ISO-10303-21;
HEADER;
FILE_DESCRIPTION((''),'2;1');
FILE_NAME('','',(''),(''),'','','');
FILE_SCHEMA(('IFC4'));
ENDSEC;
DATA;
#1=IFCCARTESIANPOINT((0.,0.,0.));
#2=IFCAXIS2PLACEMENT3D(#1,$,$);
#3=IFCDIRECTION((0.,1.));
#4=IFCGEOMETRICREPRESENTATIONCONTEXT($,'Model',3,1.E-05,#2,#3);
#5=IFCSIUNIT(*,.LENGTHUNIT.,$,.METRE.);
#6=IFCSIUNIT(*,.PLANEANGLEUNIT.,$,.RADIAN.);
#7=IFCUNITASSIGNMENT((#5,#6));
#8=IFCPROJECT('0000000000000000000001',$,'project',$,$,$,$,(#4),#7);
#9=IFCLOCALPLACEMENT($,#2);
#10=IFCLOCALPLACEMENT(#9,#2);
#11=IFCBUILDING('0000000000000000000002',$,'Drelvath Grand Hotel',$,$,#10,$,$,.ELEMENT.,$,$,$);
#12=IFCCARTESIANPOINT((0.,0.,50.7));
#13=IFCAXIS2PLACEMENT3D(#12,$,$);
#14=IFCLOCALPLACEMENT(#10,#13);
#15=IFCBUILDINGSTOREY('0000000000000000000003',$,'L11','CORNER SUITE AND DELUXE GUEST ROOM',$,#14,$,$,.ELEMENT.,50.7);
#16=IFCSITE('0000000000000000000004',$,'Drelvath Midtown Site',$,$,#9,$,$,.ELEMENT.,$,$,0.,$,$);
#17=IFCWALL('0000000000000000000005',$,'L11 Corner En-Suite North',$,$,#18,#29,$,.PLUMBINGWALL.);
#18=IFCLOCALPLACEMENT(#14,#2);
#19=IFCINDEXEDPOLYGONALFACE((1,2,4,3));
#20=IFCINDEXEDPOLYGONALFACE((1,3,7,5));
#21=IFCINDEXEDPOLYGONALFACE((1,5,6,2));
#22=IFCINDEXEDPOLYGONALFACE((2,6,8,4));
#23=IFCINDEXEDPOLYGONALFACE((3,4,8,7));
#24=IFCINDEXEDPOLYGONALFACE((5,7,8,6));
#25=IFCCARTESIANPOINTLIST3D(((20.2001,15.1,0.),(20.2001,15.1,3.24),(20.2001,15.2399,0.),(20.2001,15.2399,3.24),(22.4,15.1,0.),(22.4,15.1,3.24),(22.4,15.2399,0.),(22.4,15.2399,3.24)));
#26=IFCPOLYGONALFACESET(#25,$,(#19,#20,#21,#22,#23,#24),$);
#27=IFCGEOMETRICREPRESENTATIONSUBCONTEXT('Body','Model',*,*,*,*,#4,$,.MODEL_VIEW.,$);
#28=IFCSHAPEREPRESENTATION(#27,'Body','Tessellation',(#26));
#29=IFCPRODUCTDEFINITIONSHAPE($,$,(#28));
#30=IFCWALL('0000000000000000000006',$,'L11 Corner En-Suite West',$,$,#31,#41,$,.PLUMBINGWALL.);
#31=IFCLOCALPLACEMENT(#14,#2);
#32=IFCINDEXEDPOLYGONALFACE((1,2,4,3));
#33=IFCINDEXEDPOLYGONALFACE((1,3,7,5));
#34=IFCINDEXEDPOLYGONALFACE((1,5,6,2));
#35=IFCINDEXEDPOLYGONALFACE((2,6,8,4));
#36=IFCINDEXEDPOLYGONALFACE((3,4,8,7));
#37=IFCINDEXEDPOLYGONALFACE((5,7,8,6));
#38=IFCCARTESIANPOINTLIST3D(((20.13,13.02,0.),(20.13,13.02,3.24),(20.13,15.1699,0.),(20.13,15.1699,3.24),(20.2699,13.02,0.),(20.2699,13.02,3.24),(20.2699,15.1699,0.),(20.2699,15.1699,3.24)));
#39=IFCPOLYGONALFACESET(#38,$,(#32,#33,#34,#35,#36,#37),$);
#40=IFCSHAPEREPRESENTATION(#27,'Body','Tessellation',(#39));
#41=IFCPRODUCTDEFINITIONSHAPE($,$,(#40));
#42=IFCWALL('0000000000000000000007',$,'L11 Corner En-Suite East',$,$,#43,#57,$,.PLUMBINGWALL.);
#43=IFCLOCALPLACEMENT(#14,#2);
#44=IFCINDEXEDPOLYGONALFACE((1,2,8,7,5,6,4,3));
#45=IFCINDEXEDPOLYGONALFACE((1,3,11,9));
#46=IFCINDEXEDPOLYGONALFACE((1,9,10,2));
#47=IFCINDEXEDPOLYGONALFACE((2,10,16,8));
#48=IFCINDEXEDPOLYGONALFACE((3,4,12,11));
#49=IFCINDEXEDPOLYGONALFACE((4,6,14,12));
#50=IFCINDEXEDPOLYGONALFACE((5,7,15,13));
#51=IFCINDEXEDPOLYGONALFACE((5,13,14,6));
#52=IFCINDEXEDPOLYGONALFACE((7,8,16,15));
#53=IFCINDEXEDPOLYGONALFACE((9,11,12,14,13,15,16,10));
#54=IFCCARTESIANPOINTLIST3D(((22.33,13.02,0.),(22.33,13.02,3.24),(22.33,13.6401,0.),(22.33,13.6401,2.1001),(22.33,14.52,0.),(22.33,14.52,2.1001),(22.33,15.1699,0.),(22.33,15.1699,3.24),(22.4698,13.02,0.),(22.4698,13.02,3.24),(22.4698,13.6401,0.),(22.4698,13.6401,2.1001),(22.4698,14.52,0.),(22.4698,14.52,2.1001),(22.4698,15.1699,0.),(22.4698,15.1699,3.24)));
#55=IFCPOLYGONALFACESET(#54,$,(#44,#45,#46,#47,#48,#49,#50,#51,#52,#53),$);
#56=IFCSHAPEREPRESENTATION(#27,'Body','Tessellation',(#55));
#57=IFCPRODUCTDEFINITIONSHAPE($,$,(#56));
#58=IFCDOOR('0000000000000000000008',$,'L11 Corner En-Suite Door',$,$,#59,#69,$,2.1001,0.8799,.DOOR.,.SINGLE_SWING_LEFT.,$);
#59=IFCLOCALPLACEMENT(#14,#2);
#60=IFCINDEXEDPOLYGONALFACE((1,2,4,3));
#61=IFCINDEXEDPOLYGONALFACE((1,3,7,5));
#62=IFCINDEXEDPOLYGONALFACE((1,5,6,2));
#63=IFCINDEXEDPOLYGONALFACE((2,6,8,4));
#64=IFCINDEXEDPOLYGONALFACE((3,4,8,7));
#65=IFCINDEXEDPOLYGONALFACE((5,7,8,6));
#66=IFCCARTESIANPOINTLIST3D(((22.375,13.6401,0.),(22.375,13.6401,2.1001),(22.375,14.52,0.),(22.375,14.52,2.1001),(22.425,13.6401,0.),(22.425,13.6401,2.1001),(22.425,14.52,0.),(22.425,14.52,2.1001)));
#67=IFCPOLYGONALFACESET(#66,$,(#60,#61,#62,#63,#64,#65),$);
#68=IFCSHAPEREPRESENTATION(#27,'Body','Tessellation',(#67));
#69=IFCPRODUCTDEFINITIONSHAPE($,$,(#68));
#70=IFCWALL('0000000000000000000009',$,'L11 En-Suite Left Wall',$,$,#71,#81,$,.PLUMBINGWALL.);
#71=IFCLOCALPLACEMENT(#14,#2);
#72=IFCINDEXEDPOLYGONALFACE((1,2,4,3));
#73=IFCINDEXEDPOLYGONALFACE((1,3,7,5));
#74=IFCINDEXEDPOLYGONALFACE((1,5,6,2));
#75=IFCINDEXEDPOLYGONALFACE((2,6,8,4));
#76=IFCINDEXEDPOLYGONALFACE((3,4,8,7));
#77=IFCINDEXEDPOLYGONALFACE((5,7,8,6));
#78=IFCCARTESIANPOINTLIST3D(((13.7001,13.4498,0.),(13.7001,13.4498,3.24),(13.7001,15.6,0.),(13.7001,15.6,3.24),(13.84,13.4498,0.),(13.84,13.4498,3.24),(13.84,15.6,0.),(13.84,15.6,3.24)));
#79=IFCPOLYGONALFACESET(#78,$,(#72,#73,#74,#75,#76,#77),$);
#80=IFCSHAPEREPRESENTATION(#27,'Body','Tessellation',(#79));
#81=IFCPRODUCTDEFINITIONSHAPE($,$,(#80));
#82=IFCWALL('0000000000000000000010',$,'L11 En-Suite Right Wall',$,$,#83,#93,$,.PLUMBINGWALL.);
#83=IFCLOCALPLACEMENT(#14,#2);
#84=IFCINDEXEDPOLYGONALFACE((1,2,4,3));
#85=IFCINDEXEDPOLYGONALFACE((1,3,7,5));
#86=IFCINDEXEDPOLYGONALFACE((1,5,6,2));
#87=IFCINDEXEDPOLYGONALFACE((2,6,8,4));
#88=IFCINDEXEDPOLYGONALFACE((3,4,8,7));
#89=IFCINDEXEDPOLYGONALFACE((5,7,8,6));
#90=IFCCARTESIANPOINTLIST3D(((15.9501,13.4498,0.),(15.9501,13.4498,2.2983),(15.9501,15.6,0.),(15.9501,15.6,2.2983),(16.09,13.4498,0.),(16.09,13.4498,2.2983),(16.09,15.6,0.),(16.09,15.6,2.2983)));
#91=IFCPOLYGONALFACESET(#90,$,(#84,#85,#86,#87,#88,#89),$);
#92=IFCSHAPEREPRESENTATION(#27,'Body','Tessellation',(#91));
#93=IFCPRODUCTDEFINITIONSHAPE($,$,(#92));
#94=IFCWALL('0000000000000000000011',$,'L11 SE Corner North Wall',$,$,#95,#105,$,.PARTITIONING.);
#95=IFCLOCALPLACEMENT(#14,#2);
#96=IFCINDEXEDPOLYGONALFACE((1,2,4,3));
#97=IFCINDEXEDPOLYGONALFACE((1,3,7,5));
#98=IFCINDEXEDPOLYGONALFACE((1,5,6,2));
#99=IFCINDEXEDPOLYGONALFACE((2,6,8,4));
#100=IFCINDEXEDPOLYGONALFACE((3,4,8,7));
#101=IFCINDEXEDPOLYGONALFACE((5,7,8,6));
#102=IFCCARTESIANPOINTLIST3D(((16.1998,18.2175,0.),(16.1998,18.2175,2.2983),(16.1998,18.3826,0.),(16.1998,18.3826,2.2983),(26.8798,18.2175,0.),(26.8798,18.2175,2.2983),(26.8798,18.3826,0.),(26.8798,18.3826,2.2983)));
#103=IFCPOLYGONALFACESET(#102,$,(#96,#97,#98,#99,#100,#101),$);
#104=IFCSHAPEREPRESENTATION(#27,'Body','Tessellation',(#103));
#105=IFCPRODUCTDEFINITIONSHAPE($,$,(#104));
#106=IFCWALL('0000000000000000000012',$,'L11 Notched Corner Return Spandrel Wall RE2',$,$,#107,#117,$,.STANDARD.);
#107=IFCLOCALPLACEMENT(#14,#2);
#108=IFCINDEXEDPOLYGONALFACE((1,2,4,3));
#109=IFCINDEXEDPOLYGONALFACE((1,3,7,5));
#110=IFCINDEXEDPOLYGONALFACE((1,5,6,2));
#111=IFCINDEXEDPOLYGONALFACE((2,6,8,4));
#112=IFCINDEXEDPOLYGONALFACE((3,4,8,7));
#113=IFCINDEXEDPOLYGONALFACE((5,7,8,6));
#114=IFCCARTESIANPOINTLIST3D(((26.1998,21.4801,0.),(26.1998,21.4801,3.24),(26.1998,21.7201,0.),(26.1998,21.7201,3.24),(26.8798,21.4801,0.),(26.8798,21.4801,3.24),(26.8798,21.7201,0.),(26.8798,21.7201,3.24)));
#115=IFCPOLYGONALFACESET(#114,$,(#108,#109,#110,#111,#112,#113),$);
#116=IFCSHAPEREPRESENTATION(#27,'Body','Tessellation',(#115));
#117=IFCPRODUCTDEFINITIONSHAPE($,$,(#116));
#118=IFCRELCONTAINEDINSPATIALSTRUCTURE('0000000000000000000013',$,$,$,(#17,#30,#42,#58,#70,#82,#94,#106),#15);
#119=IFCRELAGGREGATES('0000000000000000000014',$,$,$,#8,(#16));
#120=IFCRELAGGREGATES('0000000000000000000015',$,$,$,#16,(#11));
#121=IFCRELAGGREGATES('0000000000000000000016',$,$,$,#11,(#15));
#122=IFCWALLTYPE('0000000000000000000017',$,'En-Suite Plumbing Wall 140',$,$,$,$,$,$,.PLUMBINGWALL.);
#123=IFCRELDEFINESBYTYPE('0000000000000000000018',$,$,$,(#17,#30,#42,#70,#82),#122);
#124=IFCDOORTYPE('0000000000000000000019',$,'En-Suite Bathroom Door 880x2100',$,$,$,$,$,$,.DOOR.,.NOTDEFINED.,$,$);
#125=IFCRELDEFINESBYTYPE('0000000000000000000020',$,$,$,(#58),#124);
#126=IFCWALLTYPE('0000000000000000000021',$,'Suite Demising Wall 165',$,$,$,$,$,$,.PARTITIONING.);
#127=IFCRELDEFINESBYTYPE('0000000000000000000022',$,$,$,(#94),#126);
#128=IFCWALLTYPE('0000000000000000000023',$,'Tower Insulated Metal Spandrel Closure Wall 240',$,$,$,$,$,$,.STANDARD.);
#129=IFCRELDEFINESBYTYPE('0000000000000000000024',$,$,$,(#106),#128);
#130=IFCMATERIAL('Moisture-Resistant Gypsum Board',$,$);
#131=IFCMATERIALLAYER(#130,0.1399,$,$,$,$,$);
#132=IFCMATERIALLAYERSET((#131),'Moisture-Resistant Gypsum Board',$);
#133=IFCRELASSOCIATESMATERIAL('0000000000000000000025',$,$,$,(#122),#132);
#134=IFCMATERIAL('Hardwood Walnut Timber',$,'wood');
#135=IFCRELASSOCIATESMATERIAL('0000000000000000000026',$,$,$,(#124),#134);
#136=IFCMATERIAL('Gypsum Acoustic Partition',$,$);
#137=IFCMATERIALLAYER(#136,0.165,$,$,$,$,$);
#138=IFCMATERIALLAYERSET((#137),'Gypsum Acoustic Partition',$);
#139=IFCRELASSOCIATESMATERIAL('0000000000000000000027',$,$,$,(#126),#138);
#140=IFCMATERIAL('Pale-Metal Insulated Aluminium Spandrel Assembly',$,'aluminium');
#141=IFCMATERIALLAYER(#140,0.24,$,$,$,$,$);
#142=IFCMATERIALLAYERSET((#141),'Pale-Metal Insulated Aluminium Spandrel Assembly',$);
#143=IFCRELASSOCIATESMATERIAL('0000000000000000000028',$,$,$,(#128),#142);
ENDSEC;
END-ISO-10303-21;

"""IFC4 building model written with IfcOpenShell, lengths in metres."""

from ifc_helpers import new_model, si_unit, direction, frame, frame_2d, origin, place, context, subcontext, project, spatial, rectangle, extrude, material, layer, layer_set, type_object, element, fill, save


model = new_model("IFC4")

# Units and contexts
model_context = context("Model", 3, precision=1e-05, world=origin(), true_north=direction((0.0, 1.0)))
body_context = subcontext(model_context, "Body", "Model", "MODEL_VIEW")
ifc_project = project(units=[si_unit("LENGTHUNIT", "METRE"), si_unit("PLANEANGLEUNIT", "RADIAN")], contexts=[model_context])

# Site, building, storey
site_placement = place(None, origin())
site = spatial("IfcSite", under=ifc_project, at=site_placement, Name="Drelvath Midtown Site", CompositionType="ELEMENT", RefElevation=0.0)
building_placement = place(site_placement, origin())
building = spatial("IfcBuilding", under=site, at=building_placement, Name="Drelvath Grand Hotel", CompositionType="ELEMENT")
storey_placement = place(building_placement, frame((0.0, 0.0, 50.7)))
storey = spatial("IfcBuildingStorey", under=building, at=storey_placement, Name="L11", Description="CORNER SUITE AND DELUXE GUEST ROOM", CompositionType="ELEMENT", Elevation=50.7)

# Shared definitions
ifc_material_1 = material(Name="Hardwood Walnut Timber", Category="wood")

# Walls
ifc_material_2 = material(Name="Moisture-Resistant Gypsum Board")
ifc_layer_1 = layer(ifc_material_2, 0.1399)
ifc_layer_set_1 = layer_set([ifc_layer_1], Name="Moisture-Resistant Gypsum Board")
wall_type_1 = type_object("IfcWallType", Name="En-Suite Plumbing Wall 140", PredefinedType="PLUMBINGWALL", material=ifc_layer_set_1)
for number, where, z_axis, x_axis, name in (
    (1, (20.2, 15.1699, 0.0), (0.0, 0.0, 1.0), (1.0, 0.0, 0.0), "L11 Corner En-Suite North"),
):
    element("IfcWall", number, at=place(storey_placement, frame(where, z_axis=z_axis, x_axis=x_axis)), inside=storey, type_object=wall_type_1, Name=name, PredefinedType="PLUMBINGWALL", context=body_context, shape_type="SweptSolid", body=[
        extrude(rectangle(XDim=2.2, YDim=0.1399, at=frame_2d((1.1001, 0.0))), origin(), (0.0, 0.0, 1.0), 3.24),
    ])
wall_1_placement = place(storey_placement, frame((20.2, 13.02, 0.0), z_axis=(0.0, 0.0, 1.0), x_axis=(0.0, 1.0, 0.0)))
element("IfcWall", 2, at=wall_1_placement, inside=storey, type_object=wall_type_1, Name="L11 Corner En-Suite West", PredefinedType="PLUMBINGWALL", context=body_context, shape_type="SweptSolid", body=[
    extrude(rectangle(XDim=2.1499, YDim=0.1399, at=frame_2d((1.075, 0.0))), origin(), (0.0, 0.0, 1.0), 3.24),
])

# Wall, opening, door
wall_2_placement = place(storey_placement, frame((22.3999, 13.02, 0.0), z_axis=(0.0, 0.0, 1.0), x_axis=(0.0, 1.0, 0.0)))
wall_2 = element("IfcWall", 3, at=wall_2_placement, inside=storey, type_object=wall_type_1, Name="L11 Corner En-Suite East", PredefinedType="PLUMBINGWALL", context=body_context, shape_type="SweptSolid", body=[
    extrude(rectangle(XDim=2.1499, YDim=0.1399, at=frame_2d((1.075, 0.0))), origin(), (0.0, 0.0, 1.0), 3.24),
])
opening_1_placement = place(wall_2_placement, frame((0.6201, 0.0, 0.0)))
opening_1 = element("IfcOpeningElement", 4, at=opening_1_placement, cuts=wall_2, PredefinedType="OPENING", context=body_context, shape_type="SweptSolid", body=[
    extrude(rectangle(XDim=0.8799, YDim=2.1001, at=frame_2d((0.4399, 1.05))), frame((0.0, 0.0798, 0.0), z_axis=(0.0, -1.0, 0.0), x_axis=(1.0, 0.0, 0.0)), (0.0, 0.0, 1.0), 0.1599),
])
door_type_1 = type_object("IfcDoorType", Name="En-Suite Bathroom Door 880x2100", OperationType="NOTDEFINED", PredefinedType="DOOR", material=ifc_material_1)
door_1_placement = place(opening_1_placement, origin())
door_1 = element("IfcDoor", 5, at=door_1_placement, inside=storey, type_object=door_type_1, Name="L11 Corner En-Suite Door", OperationType="SINGLE_SWING_LEFT", OverallHeight=2.1001, OverallWidth=0.8799, PredefinedType="DOOR", context=body_context, shape_type="SweptSolid", body=[
    extrude(rectangle(XDim=0.8799, YDim=2.1001, at=frame_2d((0.4399, 1.05))), frame((0.0, 0.0249, 0.0), z_axis=(0.0, -1.0, 0.0), x_axis=(1.0, 0.0, 0.0)), (0.0, 0.0, 1.0), 0.05),
])
fill(opening_1, door_1)

# Walls
wall_3_placement = place(storey_placement, frame((13.77, 15.6001, 0.0), z_axis=(0.0, 0.0, 1.0), x_axis=(0.0, -1.0, 0.0)))
element("IfcWall", 6, at=wall_3_placement, inside=storey, type_object=wall_type_1, Name="L11 En-Suite Left Wall", PredefinedType="PLUMBINGWALL", context=body_context, shape_type="SweptSolid", body=[
    extrude(rectangle(XDim=2.1501, YDim=0.1399, at=frame_2d((1.0752, 0.0))), origin(), (0.0, 0.0, 1.0), 3.24),
])
wall_4_placement = place(storey_placement, frame((16.02, 15.6001, 0.0), z_axis=(0.0, 0.0, 1.0), x_axis=(0.0, -1.0, 0.0)))
element("IfcWall", 7, at=wall_4_placement, inside=storey, type_object=wall_type_1, Name="L11 En-Suite Right Wall", PredefinedType="PLUMBINGWALL", context=body_context, shape_type="SweptSolid", body=[
    extrude(rectangle(XDim=2.1501, YDim=0.1399, at=frame_2d((1.0752, 0.0))), origin(), (0.0, 0.0, 1.0), 2.2983),
])
ifc_material_3 = material(Name="Gypsum Acoustic Partition")
ifc_layer_2 = layer(ifc_material_3, 0.165)
ifc_layer_set_2 = layer_set([ifc_layer_2], Name="Gypsum Acoustic Partition")
wall_type_2 = type_object("IfcWallType", Name="Suite Demising Wall 165", PredefinedType="PARTITIONING", material=ifc_layer_set_2)
wall_5_placement = place(storey_placement, frame((16.2, 18.3, 0.0), z_axis=(0.0, 0.0, 1.0), x_axis=(1.0, 0.0, 0.0)))
element("IfcWall", 8, at=wall_5_placement, inside=storey, type_object=wall_type_2, Name="L11 SE Corner North Wall", PredefinedType="PARTITIONING", context=body_context, shape_type="SweptSolid", body=[
    extrude(rectangle(XDim=10.6799, YDim=0.165, at=frame_2d((5.3398, 0.0))), origin(), (0.0, 0.0, 1.0), 2.2983),
])
ifc_material_4 = material(Name="Pale-Metal Insulated Aluminium Spandrel Assembly", Category="aluminium")
ifc_layer_3 = layer(ifc_material_4, 0.24)
ifc_layer_set_3 = layer_set([ifc_layer_3], Name="Pale-Metal Insulated Aluminium Spandrel Assembly")
wall_type_3 = type_object("IfcWallType", Name="Tower Insulated Metal Spandrel Closure Wall 240", PredefinedType="STANDARD", material=ifc_layer_set_3)
wall_6_placement = place(storey_placement, frame((26.2, 21.6001, 0.0), z_axis=(0.0, 0.0, 1.0), x_axis=(1.0, 0.0, 0.0)))
element("IfcWall", 9, at=wall_6_placement, inside=storey, type_object=wall_type_3, Name="L11 Notched Corner Return Spandrel Wall RE2", PredefinedType="STANDARD", context=body_context, shape_type="SweptSolid", body=[
    extrude(rectangle(XDim=0.6799, YDim=0.24, at=frame_2d((0.3398, 0.0))), origin(), (0.0, 0.0, 1.0), 3.24),
])

save(model, "model.ifc")
